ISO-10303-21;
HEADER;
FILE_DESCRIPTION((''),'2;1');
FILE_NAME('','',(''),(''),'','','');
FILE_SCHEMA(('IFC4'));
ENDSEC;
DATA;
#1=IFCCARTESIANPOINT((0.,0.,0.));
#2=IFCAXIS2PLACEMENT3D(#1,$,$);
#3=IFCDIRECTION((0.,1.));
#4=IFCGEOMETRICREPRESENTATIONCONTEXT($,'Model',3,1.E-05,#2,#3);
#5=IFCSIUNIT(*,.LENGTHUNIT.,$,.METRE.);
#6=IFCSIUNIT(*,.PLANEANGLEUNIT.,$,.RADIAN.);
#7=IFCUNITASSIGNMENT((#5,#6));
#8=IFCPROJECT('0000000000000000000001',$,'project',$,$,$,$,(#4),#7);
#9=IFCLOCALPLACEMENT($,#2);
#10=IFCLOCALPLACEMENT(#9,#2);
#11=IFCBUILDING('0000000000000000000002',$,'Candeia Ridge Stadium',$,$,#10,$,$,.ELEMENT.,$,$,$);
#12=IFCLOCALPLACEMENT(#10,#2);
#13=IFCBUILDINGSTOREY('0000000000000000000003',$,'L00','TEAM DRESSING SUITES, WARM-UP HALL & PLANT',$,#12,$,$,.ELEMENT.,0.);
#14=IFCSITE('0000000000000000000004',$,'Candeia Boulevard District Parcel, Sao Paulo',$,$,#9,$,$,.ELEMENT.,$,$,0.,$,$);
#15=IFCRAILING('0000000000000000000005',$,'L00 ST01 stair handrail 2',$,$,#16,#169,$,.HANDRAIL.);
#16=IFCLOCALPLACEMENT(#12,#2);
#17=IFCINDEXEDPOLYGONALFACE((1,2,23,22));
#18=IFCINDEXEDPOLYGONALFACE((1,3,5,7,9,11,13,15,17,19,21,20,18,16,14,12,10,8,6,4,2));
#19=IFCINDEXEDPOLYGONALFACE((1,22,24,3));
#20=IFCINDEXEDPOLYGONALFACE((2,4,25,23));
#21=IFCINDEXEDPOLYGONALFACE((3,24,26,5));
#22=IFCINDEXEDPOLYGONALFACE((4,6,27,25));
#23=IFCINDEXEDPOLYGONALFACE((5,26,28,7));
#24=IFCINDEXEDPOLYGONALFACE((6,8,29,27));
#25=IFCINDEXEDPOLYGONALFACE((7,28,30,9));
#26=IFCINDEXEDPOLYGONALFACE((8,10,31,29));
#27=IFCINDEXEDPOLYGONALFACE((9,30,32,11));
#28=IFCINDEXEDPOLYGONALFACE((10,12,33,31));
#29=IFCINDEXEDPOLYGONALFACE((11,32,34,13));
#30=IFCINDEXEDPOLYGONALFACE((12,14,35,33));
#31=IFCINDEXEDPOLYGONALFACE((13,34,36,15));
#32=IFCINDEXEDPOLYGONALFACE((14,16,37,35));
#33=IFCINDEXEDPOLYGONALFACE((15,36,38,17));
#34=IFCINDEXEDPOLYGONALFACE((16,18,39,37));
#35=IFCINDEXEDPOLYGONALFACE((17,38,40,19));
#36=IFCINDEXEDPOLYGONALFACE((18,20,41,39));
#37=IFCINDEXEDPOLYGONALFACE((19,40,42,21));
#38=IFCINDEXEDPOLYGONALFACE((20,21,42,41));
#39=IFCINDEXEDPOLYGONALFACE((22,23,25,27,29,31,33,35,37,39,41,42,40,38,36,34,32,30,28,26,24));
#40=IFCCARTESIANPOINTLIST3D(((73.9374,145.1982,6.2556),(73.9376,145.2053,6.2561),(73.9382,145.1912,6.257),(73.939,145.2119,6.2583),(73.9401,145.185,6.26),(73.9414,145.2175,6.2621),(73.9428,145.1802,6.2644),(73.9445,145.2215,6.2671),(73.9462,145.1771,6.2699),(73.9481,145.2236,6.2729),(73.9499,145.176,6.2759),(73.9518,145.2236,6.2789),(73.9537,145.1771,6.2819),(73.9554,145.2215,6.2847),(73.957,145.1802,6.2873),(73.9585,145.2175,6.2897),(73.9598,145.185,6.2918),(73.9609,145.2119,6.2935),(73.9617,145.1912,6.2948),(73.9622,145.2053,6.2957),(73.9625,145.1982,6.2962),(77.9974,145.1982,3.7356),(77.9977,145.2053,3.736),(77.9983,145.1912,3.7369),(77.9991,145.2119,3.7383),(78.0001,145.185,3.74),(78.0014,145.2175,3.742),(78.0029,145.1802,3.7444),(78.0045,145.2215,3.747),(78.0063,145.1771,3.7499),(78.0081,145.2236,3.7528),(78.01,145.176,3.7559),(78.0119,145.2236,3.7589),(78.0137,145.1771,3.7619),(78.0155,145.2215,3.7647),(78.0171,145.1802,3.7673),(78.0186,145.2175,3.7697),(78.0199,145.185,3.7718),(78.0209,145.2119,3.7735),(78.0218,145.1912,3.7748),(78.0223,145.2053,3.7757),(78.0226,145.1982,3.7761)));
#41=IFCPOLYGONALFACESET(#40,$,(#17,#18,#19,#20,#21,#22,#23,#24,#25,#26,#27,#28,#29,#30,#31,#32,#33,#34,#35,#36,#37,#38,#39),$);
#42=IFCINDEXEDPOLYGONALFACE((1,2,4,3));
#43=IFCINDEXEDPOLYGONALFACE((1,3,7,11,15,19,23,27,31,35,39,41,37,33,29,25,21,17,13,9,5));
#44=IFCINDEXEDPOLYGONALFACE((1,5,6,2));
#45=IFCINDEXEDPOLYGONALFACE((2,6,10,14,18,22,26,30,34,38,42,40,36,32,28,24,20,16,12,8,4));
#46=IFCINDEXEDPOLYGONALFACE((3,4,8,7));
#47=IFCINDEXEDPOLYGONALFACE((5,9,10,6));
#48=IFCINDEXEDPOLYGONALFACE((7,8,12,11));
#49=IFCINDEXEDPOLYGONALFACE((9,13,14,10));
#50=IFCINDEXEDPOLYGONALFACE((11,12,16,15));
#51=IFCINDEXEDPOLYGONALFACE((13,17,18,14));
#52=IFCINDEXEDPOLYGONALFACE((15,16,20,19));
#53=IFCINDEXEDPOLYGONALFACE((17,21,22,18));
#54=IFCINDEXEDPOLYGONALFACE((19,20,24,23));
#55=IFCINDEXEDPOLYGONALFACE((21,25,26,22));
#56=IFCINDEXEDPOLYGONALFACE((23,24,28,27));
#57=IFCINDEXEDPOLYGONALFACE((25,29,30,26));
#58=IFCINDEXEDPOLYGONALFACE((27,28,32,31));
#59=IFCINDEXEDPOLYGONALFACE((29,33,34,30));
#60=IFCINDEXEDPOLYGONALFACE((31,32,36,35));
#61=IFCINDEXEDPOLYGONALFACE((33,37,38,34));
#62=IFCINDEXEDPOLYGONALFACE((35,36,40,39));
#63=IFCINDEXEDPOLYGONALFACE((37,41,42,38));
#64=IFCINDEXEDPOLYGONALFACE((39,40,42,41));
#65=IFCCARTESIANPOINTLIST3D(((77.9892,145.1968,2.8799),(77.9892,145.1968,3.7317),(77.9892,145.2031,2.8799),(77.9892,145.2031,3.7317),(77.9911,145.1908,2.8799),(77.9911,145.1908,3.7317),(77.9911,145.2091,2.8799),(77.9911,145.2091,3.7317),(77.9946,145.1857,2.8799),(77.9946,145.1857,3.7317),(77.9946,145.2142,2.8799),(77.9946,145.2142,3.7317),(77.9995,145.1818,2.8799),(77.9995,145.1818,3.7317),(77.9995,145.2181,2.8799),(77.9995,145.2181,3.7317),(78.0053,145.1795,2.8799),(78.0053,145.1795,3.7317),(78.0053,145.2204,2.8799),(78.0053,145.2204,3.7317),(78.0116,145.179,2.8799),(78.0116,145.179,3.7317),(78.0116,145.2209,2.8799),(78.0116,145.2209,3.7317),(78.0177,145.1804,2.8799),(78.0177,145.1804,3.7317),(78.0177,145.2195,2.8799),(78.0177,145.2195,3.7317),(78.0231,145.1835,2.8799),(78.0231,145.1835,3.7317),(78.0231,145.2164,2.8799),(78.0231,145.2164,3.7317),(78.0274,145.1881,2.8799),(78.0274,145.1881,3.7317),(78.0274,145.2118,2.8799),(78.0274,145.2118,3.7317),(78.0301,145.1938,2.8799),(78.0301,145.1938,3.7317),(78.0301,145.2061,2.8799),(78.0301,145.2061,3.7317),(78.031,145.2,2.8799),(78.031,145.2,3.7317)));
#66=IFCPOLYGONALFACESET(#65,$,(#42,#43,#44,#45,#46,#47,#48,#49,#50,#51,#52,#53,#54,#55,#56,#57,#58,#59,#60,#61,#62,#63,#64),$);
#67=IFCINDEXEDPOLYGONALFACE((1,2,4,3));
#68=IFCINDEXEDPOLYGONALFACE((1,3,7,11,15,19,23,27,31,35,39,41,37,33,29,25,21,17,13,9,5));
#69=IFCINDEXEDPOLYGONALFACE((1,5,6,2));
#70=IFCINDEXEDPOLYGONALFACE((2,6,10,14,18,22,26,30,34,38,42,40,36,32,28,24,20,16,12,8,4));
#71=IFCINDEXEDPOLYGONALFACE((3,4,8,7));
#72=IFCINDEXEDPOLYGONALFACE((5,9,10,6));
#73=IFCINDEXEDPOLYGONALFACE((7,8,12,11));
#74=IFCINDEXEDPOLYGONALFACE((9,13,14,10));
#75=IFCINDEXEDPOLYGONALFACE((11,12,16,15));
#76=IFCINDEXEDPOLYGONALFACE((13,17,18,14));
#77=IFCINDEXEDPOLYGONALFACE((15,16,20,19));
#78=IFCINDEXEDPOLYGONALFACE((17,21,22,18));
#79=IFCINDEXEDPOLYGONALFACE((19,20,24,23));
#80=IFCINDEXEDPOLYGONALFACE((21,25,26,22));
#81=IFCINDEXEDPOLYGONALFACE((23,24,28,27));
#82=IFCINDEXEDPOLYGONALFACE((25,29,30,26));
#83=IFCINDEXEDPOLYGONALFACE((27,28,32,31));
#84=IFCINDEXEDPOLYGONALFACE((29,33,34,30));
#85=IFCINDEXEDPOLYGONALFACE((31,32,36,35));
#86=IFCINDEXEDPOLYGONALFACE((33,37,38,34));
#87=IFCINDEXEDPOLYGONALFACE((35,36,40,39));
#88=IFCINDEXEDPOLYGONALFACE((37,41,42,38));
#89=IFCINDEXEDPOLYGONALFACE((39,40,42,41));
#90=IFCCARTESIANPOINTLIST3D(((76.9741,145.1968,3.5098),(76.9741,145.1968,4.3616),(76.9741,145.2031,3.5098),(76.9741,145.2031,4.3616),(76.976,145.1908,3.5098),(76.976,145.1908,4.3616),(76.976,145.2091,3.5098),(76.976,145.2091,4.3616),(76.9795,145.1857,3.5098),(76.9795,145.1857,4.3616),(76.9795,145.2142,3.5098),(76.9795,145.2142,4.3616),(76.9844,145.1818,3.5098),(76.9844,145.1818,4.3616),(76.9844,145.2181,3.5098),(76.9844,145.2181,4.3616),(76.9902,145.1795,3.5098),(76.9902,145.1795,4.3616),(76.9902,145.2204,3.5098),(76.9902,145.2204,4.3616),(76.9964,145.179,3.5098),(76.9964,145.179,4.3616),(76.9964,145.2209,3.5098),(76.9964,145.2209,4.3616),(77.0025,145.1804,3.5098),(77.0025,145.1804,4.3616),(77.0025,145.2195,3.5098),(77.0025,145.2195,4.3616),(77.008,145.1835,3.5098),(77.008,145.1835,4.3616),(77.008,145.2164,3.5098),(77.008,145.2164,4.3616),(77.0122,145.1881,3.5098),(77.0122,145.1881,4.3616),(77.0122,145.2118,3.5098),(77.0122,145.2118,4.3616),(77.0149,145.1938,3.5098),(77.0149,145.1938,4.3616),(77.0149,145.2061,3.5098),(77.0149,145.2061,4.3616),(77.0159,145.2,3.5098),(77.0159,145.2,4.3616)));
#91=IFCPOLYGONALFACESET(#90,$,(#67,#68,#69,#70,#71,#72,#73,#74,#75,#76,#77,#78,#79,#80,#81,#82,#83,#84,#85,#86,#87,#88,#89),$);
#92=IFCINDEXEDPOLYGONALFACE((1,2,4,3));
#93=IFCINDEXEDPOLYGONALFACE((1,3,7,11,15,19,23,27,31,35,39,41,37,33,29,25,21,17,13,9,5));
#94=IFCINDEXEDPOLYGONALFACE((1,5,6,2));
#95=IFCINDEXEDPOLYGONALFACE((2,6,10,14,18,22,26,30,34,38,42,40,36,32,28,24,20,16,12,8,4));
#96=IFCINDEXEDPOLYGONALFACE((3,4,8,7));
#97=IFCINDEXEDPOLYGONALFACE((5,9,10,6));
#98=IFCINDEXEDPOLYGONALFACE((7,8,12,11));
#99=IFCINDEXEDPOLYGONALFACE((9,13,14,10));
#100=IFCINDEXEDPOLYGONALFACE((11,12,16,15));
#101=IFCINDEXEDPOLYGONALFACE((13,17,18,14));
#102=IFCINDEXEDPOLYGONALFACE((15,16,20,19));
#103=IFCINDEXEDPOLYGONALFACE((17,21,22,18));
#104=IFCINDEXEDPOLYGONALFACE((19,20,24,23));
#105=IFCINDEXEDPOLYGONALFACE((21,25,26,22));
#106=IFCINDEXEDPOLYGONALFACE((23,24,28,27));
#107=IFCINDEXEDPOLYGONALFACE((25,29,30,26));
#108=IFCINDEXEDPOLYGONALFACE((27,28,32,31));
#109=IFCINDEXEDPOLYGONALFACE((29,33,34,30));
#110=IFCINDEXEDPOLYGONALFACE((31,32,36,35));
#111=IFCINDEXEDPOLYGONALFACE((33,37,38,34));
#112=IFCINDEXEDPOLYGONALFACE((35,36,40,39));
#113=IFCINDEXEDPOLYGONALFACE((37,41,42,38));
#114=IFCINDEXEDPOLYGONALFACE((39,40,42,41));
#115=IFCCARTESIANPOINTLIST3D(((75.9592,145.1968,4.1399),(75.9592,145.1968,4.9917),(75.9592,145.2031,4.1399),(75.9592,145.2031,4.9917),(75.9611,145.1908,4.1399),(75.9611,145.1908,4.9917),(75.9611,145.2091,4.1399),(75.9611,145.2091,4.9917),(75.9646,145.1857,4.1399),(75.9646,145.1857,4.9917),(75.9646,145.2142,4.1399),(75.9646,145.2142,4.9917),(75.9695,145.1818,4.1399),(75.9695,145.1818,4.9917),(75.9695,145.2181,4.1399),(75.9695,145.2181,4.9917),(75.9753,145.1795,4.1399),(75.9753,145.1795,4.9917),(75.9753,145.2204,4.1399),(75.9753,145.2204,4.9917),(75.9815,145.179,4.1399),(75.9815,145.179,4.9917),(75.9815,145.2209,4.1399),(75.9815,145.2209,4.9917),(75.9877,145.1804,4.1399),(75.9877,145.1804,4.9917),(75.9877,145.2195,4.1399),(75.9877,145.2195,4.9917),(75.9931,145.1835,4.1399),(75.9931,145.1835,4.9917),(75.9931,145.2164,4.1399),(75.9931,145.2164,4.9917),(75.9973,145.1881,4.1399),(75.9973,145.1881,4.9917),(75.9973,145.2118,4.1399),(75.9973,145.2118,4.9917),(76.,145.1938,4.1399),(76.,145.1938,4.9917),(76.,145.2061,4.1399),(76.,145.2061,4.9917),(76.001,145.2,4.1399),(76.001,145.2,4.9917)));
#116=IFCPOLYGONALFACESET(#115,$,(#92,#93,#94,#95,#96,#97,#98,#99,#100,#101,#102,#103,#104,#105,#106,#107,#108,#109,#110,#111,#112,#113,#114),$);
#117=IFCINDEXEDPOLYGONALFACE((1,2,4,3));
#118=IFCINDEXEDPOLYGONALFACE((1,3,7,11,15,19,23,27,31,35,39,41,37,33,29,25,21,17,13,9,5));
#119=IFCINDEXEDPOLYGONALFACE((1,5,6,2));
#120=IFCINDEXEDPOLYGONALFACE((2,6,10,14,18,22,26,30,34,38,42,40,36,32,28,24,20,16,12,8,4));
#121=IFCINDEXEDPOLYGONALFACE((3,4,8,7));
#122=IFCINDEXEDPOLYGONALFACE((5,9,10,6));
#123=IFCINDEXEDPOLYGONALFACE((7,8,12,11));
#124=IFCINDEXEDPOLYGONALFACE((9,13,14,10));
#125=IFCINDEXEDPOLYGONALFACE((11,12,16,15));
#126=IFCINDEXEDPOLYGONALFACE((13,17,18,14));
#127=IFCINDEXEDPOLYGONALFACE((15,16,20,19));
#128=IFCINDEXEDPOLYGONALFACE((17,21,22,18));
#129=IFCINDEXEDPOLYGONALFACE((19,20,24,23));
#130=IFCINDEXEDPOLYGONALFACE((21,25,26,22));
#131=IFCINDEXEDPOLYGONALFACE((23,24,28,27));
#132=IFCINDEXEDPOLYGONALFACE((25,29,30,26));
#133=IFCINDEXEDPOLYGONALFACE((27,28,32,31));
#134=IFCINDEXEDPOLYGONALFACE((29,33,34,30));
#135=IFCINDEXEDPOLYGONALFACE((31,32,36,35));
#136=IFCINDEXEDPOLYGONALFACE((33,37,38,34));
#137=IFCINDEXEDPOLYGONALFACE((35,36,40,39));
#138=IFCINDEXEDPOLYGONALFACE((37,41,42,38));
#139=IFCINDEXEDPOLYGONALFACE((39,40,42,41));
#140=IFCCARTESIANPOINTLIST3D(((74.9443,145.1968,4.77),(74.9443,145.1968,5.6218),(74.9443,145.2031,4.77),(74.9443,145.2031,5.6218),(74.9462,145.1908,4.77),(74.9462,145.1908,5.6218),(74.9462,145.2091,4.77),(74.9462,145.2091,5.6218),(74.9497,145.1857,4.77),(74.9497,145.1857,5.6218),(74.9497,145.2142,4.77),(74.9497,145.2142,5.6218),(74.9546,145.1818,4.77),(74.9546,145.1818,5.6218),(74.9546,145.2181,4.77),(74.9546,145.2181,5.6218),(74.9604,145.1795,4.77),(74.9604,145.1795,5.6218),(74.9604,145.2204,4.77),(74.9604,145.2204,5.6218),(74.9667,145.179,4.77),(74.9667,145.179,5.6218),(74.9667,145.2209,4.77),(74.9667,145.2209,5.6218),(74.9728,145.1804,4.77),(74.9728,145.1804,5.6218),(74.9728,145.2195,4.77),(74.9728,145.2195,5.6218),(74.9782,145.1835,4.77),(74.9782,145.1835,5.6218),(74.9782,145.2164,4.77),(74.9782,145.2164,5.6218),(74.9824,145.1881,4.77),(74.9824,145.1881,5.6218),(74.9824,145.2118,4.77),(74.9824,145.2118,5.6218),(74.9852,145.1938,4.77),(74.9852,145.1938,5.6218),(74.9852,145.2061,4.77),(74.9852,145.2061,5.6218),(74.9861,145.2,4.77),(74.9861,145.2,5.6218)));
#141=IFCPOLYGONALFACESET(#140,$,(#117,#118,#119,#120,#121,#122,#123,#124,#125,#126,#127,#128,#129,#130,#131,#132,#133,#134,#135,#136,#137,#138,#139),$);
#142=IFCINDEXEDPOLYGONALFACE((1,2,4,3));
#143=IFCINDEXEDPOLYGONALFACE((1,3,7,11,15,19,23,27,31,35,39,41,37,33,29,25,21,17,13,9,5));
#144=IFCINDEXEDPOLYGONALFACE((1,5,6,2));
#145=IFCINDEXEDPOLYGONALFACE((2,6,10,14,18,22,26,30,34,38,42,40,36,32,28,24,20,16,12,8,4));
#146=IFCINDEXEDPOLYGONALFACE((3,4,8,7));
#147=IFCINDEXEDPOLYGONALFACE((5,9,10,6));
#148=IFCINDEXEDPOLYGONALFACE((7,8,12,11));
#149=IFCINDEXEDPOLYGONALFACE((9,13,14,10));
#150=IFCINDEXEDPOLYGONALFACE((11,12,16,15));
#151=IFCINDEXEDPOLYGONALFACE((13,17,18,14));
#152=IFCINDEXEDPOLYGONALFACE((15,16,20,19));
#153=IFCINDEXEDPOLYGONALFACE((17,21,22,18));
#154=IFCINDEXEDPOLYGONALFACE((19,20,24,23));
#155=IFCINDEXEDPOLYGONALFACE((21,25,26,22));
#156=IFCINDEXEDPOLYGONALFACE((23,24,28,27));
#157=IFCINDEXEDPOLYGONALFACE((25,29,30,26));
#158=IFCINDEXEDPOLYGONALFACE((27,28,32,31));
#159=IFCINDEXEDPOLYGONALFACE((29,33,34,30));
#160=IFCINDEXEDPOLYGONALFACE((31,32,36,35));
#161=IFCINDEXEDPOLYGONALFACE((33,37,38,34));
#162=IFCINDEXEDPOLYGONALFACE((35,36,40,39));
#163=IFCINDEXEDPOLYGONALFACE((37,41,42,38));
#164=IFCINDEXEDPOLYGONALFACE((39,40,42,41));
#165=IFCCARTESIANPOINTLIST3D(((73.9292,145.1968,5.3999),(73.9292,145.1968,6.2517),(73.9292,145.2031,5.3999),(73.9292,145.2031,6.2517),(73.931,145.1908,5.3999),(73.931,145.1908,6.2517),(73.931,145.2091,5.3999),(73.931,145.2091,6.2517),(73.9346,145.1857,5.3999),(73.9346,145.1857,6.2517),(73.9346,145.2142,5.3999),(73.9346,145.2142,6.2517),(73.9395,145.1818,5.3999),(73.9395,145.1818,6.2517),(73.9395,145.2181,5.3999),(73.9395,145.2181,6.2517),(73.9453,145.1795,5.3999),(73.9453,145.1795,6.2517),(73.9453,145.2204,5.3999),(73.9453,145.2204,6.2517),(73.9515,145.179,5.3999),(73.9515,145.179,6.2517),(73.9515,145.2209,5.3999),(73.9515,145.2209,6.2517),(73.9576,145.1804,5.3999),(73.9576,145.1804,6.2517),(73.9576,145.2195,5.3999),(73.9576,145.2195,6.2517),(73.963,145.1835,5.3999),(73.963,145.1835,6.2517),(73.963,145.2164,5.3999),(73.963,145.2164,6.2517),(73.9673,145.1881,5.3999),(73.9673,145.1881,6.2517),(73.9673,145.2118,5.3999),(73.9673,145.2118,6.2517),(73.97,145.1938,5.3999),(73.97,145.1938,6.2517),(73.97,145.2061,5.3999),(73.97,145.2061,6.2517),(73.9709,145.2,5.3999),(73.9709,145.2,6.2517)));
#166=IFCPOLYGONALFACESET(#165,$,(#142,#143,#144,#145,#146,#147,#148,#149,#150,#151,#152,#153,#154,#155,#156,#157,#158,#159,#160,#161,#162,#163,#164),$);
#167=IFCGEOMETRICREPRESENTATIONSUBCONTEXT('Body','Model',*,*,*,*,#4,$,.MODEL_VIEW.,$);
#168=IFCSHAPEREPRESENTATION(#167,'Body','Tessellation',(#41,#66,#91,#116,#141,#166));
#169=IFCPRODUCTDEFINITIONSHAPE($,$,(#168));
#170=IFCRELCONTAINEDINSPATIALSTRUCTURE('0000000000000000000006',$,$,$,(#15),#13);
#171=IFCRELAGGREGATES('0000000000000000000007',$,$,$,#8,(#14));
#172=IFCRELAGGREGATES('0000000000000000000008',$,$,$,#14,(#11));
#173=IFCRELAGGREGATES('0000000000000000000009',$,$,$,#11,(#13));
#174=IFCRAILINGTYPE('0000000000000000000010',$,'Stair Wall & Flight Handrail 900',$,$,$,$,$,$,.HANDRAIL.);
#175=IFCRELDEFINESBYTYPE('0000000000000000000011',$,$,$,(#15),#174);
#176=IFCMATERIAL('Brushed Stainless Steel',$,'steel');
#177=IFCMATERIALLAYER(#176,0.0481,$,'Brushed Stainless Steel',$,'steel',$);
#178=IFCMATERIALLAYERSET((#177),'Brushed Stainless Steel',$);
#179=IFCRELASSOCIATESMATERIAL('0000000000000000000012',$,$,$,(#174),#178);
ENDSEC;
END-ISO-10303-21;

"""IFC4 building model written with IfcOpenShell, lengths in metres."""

from ifc_helpers import new_model, si_unit, direction, frame, origin, origin_2d, place, context, subcontext, project, spatial, circle, extrude, material, layer, layer_set, type_object, element, save


model = new_model("IFC4")

# Units and contexts
model_context = context("Model", 3, precision=1e-05, world=origin(), true_north=direction((0.0, 1.0)))
body_context = subcontext(model_context, "Body", "Model", "MODEL_VIEW")
ifc_project = project(units=[si_unit("LENGTHUNIT", "METRE"), si_unit("PLANEANGLEUNIT", "RADIAN")], contexts=[model_context])

# Site, building, storey
site_placement = place(None, origin())
site = spatial("IfcSite", under=ifc_project, at=site_placement, Name="Candeia Boulevard District Parcel, Sao Paulo", CompositionType="ELEMENT", RefElevation=0.0)
building_placement = place(site_placement, origin())
building = spatial("IfcBuilding", under=site, at=building_placement, Name="Candeia Ridge Stadium", CompositionType="ELEMENT")
storey_placement = place(building_placement, origin())
storey = spatial("IfcBuildingStorey", under=building, at=storey_placement, Name="L00", Description="TEAM DRESSING SUITES, WARM-UP HALL & PLANT", CompositionType="ELEMENT", Elevation=0.0)

# Railing
ifc_material_1 = material(Name="Brushed Stainless Steel", Category="steel")
ifc_layer_1 = layer(ifc_material_1, 0.0481, Name="Brushed Stainless Steel", Category="steel")
ifc_layer_set_1 = layer_set([ifc_layer_1], Name="Brushed Stainless Steel")
railing_type = type_object("IfcRailingType", Name="Stair Wall & Flight Handrail 900", PredefinedType="HANDRAIL", material=ifc_layer_set_1)
for number, where, name in (
    (1, (78.01, 145.2, 2.8799), "L00 ST01 stair handrail 2"),
):
    element("IfcRailing", number, at=place(storey_placement, frame(where)), inside=storey, type_object=railing_type, Name=name, PredefinedType="HANDRAIL", context=body_context, shape_type="SweptSolid", body=[
        extrude(circle(Radius=0.0239, at=origin_2d()), frame((0.0, 0.0, 0.876), z_axis=(-0.849642, 0.0, 0.52736), x_axis=(0.0, -1.0, 0.0)), (0.0, 0.0, 1.0), 4.7786),
        extrude(circle(Radius=0.021, at=origin_2d()), origin(), (0.0, 0.0, 1.0), 0.8518),
        extrude(circle(Radius=0.021, at=origin_2d()), frame((-1.0151, 0.0, 0.6299)), (0.0, 0.0, 1.0), 0.8518),
        extrude(circle(Radius=0.021, at=origin_2d()), frame((-2.03, 0.0, 1.26)), (0.0, 0.0, 1.0), 0.8518),
        extrude(circle(Radius=0.021, at=origin_2d()), frame((-3.0449, 0.0, 1.8901)), (0.0, 0.0, 1.0), 0.8518),
        extrude(circle(Radius=0.021, at=origin_2d()), frame((-4.0601, 0.0, 2.52)), (0.0, 0.0, 1.0), 0.8518),
    ])

save(model, "model.ifc")
